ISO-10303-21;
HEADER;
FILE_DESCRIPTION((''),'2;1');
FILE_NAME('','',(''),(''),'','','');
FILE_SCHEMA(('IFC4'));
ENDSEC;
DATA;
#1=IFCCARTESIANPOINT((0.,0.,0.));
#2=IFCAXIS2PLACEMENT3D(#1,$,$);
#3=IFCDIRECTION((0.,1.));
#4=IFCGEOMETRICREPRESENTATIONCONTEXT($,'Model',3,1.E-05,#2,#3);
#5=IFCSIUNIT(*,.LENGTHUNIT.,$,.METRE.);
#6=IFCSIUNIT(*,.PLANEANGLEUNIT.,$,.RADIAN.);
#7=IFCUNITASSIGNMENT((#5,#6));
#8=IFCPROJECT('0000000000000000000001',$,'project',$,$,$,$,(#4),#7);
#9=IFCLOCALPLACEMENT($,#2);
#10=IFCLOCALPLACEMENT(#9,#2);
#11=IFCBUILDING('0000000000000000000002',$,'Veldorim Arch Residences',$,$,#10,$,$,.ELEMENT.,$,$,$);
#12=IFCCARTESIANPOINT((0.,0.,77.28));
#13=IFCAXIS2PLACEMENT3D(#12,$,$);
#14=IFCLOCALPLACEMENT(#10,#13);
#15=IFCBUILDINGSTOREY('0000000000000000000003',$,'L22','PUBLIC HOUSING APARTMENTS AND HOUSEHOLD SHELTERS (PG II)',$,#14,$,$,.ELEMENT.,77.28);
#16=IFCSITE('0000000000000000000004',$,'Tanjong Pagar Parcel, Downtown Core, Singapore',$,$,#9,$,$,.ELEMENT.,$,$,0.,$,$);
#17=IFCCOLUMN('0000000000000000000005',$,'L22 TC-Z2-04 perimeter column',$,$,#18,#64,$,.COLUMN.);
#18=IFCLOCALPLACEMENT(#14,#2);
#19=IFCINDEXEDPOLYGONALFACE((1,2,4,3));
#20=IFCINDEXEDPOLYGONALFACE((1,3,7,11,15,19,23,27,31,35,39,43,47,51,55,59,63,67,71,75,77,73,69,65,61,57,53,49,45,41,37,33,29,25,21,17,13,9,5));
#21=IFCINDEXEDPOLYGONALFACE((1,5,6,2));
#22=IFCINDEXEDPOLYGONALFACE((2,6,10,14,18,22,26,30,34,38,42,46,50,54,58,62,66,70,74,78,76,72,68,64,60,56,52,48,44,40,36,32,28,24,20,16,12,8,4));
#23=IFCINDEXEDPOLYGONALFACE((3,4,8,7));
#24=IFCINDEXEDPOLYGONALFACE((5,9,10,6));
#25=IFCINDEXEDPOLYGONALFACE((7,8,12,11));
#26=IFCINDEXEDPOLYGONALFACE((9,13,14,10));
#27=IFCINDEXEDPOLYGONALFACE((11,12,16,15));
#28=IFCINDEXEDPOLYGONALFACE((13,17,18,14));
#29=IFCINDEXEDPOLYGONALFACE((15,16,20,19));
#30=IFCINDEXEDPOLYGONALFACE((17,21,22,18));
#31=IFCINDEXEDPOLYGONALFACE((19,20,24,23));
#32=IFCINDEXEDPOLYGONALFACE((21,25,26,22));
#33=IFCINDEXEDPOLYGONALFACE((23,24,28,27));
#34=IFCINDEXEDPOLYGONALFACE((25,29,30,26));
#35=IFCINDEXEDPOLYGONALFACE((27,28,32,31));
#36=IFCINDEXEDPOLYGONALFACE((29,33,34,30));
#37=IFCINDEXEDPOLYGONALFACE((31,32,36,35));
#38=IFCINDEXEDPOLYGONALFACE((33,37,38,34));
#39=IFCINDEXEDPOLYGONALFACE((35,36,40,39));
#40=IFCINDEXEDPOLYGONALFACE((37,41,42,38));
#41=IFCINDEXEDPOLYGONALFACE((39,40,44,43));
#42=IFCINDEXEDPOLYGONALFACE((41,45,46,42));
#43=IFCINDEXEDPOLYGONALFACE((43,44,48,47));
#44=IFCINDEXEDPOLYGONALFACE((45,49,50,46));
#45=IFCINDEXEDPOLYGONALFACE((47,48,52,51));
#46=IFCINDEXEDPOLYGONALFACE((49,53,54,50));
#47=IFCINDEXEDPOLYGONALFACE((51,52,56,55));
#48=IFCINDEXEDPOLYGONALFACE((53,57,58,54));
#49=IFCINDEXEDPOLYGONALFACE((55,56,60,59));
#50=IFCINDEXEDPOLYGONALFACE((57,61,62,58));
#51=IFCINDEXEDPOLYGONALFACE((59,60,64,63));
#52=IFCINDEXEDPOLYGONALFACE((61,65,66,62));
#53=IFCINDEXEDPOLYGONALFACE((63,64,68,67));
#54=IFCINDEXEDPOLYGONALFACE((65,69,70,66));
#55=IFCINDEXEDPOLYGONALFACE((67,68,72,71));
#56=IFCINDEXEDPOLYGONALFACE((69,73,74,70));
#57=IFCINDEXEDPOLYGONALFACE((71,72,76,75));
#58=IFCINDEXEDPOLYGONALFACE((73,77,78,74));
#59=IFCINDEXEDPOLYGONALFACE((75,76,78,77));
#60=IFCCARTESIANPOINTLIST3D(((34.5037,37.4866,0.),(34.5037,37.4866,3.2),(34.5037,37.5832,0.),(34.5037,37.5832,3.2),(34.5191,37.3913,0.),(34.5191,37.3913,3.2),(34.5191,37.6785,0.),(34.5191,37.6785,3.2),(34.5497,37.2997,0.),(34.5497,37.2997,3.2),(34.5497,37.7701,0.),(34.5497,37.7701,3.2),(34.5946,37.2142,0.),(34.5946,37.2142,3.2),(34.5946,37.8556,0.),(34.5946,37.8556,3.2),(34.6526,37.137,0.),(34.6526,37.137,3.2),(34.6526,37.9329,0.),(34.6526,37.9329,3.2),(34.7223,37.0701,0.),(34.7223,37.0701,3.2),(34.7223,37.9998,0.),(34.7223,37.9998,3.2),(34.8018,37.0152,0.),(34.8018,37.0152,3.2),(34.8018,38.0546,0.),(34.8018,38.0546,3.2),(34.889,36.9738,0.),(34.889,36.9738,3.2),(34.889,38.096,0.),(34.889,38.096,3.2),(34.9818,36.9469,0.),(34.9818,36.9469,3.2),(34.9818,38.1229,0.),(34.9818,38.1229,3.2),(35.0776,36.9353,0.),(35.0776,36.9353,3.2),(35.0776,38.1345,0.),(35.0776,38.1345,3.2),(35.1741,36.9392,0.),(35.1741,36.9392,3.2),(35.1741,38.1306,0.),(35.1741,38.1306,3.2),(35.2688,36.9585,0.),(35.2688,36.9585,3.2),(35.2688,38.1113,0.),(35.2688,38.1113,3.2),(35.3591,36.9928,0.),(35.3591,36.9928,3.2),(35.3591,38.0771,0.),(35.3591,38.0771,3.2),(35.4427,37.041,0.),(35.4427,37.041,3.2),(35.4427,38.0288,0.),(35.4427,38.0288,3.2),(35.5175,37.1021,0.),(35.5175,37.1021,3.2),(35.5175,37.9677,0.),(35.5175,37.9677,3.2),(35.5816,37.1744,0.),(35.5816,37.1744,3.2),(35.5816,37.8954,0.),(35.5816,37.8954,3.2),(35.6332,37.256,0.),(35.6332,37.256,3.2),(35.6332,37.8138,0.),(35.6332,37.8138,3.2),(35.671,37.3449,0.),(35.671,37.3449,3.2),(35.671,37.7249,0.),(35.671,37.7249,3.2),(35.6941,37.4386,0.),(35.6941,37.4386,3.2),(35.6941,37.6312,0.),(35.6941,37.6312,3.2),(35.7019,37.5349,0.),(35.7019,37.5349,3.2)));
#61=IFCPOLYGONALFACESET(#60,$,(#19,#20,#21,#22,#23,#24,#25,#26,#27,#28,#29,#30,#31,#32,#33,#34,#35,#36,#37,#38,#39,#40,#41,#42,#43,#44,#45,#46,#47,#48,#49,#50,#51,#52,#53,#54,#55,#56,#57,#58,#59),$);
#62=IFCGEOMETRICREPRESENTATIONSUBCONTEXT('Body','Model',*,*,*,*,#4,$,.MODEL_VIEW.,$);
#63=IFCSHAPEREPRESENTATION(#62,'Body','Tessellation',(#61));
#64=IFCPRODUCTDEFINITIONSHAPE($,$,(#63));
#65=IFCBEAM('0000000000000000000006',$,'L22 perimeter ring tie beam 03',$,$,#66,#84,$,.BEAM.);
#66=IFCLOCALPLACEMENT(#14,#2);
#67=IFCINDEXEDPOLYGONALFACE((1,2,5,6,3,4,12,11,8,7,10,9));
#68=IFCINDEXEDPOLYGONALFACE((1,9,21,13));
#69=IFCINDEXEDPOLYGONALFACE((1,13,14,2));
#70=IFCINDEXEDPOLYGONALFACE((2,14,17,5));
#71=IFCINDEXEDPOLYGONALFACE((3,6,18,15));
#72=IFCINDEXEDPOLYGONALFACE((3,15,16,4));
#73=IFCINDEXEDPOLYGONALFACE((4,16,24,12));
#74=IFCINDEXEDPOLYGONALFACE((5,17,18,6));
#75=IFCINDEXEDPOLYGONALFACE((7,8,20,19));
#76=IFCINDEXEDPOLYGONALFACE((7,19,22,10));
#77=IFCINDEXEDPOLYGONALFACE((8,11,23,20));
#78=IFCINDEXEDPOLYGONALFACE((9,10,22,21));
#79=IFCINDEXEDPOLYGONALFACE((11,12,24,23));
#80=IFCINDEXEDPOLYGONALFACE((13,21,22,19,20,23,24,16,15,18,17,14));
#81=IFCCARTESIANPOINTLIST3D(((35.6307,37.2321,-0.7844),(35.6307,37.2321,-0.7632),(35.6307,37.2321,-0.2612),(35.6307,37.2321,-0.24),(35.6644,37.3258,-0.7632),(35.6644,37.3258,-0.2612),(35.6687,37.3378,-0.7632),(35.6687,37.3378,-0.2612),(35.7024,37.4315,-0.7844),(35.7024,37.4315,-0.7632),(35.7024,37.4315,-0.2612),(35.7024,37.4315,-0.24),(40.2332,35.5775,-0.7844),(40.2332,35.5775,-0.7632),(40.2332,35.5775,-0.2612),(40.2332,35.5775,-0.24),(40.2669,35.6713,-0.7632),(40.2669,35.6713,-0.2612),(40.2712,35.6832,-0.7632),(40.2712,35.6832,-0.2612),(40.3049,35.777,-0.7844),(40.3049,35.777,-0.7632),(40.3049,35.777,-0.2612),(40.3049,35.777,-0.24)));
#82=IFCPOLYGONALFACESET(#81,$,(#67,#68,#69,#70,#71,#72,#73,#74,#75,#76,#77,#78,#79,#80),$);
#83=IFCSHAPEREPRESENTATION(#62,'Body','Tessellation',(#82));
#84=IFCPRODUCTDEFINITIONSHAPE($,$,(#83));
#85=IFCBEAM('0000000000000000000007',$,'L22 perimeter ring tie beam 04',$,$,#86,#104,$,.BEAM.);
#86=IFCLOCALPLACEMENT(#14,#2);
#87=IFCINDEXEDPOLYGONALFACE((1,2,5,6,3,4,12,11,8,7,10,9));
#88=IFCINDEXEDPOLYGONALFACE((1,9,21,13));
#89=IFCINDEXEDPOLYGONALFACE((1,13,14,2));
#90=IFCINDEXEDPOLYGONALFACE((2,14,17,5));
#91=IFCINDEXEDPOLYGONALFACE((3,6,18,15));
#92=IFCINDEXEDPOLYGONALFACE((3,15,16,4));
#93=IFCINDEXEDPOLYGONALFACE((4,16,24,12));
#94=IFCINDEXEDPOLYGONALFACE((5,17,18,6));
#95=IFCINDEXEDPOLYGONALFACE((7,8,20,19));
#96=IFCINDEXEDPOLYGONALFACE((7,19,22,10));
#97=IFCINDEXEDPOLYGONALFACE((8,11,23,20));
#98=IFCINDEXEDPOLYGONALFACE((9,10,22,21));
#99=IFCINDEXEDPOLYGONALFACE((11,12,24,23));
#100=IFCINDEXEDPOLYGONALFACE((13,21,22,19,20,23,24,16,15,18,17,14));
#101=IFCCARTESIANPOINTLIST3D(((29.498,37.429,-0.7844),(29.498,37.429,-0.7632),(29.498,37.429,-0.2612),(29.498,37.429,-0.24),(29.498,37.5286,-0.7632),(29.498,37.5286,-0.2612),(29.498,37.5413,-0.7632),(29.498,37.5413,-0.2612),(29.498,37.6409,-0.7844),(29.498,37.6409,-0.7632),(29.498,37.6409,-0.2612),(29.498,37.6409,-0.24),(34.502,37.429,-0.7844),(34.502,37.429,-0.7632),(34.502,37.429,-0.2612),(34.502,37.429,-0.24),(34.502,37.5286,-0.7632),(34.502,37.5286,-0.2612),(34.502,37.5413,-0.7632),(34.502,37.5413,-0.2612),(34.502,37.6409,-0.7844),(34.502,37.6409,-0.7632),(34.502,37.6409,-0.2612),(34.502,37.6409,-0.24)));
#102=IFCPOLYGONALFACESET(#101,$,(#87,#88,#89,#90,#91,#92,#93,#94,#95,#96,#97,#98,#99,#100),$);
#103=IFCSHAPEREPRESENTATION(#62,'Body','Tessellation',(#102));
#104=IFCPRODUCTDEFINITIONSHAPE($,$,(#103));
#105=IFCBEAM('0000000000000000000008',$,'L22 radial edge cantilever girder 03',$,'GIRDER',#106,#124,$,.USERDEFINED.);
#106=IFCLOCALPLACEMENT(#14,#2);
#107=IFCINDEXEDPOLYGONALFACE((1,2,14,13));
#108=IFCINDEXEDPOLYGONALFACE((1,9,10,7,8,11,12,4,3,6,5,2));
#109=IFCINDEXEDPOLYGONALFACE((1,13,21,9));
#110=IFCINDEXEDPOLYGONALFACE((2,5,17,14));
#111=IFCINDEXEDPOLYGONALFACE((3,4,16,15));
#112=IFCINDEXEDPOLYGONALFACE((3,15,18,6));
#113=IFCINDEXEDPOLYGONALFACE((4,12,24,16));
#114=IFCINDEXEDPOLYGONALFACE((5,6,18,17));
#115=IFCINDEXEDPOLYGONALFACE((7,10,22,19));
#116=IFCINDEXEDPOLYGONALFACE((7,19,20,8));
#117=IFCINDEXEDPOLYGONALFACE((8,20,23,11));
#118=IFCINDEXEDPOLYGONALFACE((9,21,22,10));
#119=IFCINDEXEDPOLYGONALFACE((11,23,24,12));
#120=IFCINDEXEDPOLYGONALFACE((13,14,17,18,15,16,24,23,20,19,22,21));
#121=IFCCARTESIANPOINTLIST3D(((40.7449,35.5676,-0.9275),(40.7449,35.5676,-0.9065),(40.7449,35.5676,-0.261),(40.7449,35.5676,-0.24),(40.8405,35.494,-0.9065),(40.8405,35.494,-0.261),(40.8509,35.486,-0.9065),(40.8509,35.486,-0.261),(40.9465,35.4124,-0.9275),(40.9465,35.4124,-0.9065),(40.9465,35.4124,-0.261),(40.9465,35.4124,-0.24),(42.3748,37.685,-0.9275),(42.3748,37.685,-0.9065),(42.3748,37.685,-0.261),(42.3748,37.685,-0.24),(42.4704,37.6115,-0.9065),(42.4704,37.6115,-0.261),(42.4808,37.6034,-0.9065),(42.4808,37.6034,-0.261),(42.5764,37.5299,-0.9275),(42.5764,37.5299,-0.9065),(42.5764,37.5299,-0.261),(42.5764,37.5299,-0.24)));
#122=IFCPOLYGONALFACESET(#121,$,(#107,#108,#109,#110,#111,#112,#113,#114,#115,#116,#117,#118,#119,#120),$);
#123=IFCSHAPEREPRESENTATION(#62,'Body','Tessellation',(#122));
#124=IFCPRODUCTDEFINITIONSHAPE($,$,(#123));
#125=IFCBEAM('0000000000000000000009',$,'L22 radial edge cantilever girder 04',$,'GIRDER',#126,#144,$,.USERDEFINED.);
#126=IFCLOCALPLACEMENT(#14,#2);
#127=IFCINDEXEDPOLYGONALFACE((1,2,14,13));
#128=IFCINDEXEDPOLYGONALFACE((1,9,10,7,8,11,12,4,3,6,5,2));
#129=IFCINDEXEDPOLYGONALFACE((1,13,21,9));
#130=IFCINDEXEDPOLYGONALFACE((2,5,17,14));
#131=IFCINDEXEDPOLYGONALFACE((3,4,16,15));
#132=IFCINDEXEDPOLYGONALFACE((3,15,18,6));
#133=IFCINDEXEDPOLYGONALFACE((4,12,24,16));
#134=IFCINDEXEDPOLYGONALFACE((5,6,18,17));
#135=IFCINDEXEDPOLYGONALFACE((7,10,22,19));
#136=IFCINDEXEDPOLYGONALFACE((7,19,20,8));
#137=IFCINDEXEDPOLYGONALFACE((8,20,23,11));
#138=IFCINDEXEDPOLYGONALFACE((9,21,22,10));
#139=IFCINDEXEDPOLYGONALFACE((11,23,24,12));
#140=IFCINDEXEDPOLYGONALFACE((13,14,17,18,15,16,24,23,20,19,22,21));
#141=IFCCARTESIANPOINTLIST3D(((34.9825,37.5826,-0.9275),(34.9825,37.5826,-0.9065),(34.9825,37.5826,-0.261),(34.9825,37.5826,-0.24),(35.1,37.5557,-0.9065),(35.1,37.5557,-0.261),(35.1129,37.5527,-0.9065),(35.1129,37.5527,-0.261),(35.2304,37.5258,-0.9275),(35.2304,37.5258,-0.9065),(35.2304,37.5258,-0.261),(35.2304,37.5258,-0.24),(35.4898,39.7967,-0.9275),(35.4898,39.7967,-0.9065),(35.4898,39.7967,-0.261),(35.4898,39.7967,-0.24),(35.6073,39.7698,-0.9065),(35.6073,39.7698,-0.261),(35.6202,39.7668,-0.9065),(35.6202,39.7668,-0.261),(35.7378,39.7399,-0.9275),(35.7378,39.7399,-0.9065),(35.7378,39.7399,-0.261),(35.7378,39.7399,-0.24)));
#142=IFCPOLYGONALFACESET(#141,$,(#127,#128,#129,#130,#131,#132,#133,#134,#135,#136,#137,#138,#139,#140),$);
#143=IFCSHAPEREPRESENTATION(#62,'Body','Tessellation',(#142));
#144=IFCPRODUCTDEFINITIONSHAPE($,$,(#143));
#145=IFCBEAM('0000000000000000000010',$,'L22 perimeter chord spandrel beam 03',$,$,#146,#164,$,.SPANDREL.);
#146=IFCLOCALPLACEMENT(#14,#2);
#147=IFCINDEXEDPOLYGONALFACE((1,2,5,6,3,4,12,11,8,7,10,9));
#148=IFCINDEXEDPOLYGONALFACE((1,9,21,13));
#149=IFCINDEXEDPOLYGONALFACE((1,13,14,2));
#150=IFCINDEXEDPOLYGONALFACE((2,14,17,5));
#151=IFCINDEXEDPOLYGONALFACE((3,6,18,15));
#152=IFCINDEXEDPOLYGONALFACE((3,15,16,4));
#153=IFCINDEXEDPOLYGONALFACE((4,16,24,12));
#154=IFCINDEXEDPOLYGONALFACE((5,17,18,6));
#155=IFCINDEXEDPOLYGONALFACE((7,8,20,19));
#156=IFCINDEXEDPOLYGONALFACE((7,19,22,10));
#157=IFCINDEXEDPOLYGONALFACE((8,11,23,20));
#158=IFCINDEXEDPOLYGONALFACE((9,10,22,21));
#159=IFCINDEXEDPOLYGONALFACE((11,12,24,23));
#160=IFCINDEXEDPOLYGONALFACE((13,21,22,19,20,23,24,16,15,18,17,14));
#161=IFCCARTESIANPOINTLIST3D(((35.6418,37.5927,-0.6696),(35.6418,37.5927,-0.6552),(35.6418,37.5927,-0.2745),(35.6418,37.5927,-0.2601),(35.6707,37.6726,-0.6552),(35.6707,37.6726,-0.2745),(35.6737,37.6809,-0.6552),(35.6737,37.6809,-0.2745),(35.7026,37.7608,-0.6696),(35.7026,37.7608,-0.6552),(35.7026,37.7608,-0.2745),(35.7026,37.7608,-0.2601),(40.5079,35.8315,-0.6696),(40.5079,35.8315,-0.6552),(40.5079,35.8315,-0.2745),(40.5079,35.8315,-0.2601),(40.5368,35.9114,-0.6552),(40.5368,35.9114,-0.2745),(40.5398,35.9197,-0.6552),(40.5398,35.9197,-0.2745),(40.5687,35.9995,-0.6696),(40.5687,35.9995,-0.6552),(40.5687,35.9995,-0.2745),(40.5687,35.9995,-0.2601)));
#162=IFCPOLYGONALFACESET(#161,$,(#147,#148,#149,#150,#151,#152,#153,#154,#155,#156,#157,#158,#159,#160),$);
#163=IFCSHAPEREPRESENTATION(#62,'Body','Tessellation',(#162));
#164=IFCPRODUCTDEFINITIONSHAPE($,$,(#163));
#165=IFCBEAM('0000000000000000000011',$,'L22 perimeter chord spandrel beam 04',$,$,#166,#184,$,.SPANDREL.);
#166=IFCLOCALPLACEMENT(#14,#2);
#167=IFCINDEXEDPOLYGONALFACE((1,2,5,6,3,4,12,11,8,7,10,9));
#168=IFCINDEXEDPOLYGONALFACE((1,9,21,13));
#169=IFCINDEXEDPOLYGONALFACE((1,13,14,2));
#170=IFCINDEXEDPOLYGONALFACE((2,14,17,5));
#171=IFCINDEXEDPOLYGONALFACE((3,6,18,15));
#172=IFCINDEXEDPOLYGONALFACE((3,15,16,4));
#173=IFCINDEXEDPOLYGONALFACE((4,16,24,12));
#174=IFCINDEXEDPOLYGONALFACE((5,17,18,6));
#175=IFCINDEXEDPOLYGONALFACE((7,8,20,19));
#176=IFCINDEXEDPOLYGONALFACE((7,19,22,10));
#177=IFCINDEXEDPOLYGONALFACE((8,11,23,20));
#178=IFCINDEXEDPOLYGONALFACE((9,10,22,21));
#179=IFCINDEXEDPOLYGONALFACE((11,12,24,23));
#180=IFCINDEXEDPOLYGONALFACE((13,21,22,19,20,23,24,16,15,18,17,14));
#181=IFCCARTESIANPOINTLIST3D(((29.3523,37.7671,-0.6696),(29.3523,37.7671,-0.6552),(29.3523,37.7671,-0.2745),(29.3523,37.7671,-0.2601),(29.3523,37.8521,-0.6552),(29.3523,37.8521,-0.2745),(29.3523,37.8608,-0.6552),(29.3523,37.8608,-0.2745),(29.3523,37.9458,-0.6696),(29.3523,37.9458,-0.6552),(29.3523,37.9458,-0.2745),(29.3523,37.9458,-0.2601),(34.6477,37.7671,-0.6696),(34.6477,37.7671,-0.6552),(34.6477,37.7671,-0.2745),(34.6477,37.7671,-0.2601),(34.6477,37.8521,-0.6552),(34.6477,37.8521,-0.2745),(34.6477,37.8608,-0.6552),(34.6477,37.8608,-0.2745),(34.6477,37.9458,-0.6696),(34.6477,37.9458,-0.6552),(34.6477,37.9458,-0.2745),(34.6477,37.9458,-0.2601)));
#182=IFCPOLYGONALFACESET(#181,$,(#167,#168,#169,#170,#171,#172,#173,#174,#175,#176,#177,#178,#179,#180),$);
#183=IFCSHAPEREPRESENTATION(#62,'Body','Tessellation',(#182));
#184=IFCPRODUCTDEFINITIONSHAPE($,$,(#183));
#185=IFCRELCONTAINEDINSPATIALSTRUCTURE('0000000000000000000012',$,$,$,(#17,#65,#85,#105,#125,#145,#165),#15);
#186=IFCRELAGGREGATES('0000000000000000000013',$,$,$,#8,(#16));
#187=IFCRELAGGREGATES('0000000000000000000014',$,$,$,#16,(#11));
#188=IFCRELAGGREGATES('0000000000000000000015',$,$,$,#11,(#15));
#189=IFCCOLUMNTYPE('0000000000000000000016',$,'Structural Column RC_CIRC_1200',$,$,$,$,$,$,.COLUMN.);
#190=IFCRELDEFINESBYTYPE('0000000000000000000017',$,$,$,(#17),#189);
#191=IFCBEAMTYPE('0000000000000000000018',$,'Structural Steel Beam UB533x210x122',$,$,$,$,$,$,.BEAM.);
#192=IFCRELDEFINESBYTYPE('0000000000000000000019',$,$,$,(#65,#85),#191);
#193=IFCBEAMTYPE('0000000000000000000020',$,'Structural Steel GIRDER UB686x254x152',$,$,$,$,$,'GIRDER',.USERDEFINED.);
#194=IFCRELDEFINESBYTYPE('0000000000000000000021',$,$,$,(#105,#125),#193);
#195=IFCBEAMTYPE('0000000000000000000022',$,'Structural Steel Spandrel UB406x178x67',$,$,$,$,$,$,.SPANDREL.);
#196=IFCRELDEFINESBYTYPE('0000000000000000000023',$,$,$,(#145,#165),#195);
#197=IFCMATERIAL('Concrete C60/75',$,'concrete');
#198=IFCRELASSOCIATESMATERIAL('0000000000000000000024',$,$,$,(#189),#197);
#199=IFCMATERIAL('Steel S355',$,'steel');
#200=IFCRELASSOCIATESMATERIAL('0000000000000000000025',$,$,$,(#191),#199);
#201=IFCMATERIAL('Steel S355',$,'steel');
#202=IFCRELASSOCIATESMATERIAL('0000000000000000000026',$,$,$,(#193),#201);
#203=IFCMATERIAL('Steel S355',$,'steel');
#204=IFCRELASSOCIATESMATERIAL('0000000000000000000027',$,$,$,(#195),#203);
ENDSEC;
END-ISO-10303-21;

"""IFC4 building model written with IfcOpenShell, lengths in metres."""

from ifc_helpers import new_model, si_unit, direction, frame, origin, origin_2d, place, context, subcontext, project, spatial, circle, i_section, extrude, material, material_profile, profile_set, type_object, element, save


model = new_model("IFC4")

# Units and contexts
model_context = context("Model", 3, precision=1e-05, world=origin(), true_north=direction((0.0, 1.0)))
body_context = subcontext(model_context, "Body", "Model", "MODEL_VIEW")
ifc_project = project(units=[si_unit("LENGTHUNIT", "METRE"), si_unit("PLANEANGLEUNIT", "RADIAN")], contexts=[model_context])

# Site, building, storey
site_placement = place(None, origin())
site = spatial("IfcSite", under=ifc_project, at=site_placement, Name="Tanjong Pagar Parcel, Downtown Core, Singapore", CompositionType="ELEMENT", RefElevation=0.0)
building_placement = place(site_placement, origin())
building = spatial("IfcBuilding", under=site, at=building_placement, Name="Veldorim Arch Residences", CompositionType="ELEMENT")
storey_placement = place(building_placement, frame((0.0, 0.0, 77.28)))
storey = spatial("IfcBuildingStorey", under=building, at=storey_placement, Name="L22", Description="PUBLIC HOUSING APARTMENTS AND HOUSEHOLD SHELTERS (PG II)", CompositionType="ELEMENT", Elevation=77.28)

# Column
ifc_material_1 = material(Name="Concrete C60/75", Category="concrete")
ifc_material_profile_1 = material_profile(ifc_material_1, circle(Radius=0.6001, at=origin_2d()), Name="RC_CIRC_1200")
ifc_profile_set_1 = profile_set([ifc_material_profile_1], Name="Concrete C60/75")
column_type = type_object("IfcColumnType", Name="Structural Column RC_CIRC_1200", PredefinedType="COLUMN", material=ifc_profile_set_1)
column_placement = place(storey_placement, frame((35.1018, 37.5349, 0.0), z_axis=(0.0, 0.0, 1.0), x_axis=(1.0, 0.0, 0.0)))
element("IfcColumn", 1, at=column_placement, inside=storey, type_object=column_type, Name="L22 TC-Z2-04 perimeter column", PredefinedType="COLUMN", context=body_context, shape_type="SweptSolid", body=[
    extrude(circle(Radius=0.6001, at=origin_2d()), origin(), (0.0, 0.0, 1.0), 3.2),
])

# Beams
ifc_material_2 = material(Name="Steel S355", Category="steel")
ifc_material_profile_2 = material_profile(ifc_material_2, i_section(OverallWidth=0.2119, OverallDepth=0.5444, WebThickness=0.0127, FlangeThickness=0.0212, at=origin_2d()), Name="UB533x210x122")
ifc_profile_set_2 = profile_set([ifc_material_profile_2], Name="Steel S355")
beam_type_1 = type_object("IfcBeamType", Name="Structural Steel Beam UB533x210x122", PredefinedType="BEAM", material=ifc_profile_set_2)
beam_1_placement = place(storey_placement, frame((40.269, 35.6772, -0.5122), z_axis=(-0.941042, 0.33829, 0.0), x_axis=(-0.33829, -0.941042, 0.0)))
element("IfcBeam", 2, at=beam_1_placement, inside=storey, type_object=beam_type_1, Name="L22 perimeter ring tie beam 03", PredefinedType="BEAM", context=body_context, shape_type="SweptSolid", body=[
    extrude(i_section(OverallWidth=0.2119, OverallDepth=0.5444, WebThickness=0.0127, FlangeThickness=0.0212, at=origin_2d()), origin(), (0.0, 0.0, 1.0), 4.8909),
])
beam_2_placement = place(storey_placement, frame((34.502, 37.5349, -0.5122), z_axis=(-1.0, 0.0, 0.0), x_axis=(0.0, -1.0, 0.0)))
element("IfcBeam", 3, at=beam_2_placement, inside=storey, type_object=beam_type_1, Name="L22 perimeter ring tie beam 04", PredefinedType="BEAM", context=body_context, shape_type="SweptSolid", body=[
    extrude(i_section(OverallWidth=0.2119, OverallDepth=0.5444, WebThickness=0.0127, FlangeThickness=0.0212, at=origin_2d()), origin(), (0.0, 0.0, 1.0), 5.0039),
])
ifc_material_3 = material(Name="Steel S355", Category="steel")
ifc_material_profile_3 = material_profile(ifc_material_3, i_section(OverallWidth=0.2544, OverallDepth=0.6875, WebThickness=0.0132, FlangeThickness=0.021, at=origin_2d()), Name="UB686x254x152")
ifc_profile_set_3 = profile_set([ifc_material_profile_3], Name="Steel S355")
beam_type_2 = type_object("IfcBeamType", Name="Structural Steel GIRDER UB686x254x152", ElementType="GIRDER", PredefinedType="USERDEFINED", material=ifc_profile_set_3)
beam_3_placement = place(storey_placement, frame((40.8457, 35.49, -0.5837), z_axis=(0.609967, 0.792427, 0.0), x_axis=(-0.792427, 0.609967, 0.0)))
element("IfcBeam", 4, at=beam_3_placement, inside=storey, type_object=beam_type_2, Name="L22 radial edge cantilever girder 03", ObjectType="GIRDER", PredefinedType="USERDEFINED", context=body_context, shape_type="SweptSolid", body=[
    extrude(i_section(OverallWidth=0.2544, OverallDepth=0.6875, WebThickness=0.0132, FlangeThickness=0.021, at=origin_2d()), origin(), (0.0, 0.0, 1.0), 2.6721),
])
beam_4_placement = place(storey_placement, frame((35.1064, 37.5542, -0.5837), z_axis=(0.223344, 0.97474, 0.0), x_axis=(-0.97474, 0.223344, 0.0)))
element("IfcBeam", 5, at=beam_4_placement, inside=storey, type_object=beam_type_2, Name="L22 radial edge cantilever girder 04", ObjectType="GIRDER", PredefinedType="USERDEFINED", context=body_context, shape_type="SweptSolid", body=[
    extrude(i_section(OverallWidth=0.2544, OverallDepth=0.6875, WebThickness=0.0132, FlangeThickness=0.021, at=origin_2d()), origin(), (0.0, 0.0, 1.0), 2.2715),
])
ifc_material_4 = material(Name="Steel S355", Category="steel")
ifc_material_profile_4 = material_profile(ifc_material_4, i_section(OverallWidth=0.1787, OverallDepth=0.4094, WebThickness=0.0088, FlangeThickness=0.0144, at=origin_2d()), Name="UB406x178x67")
ifc_profile_set_4 = profile_set([ifc_material_profile_4], Name="Steel S355")
beam_type_3 = type_object("IfcBeamType", Name="Structural Steel Spandrel UB406x178x67", PredefinedType="SPANDREL", material=ifc_profile_set_4)
beam_5_placement = place(storey_placement, frame((40.5383, 35.9155, -0.4648), z_axis=(-0.940308, 0.340326, 0.0), x_axis=(-0.340326, -0.940308, 0.0)))
element("IfcBeam", 6, at=beam_5_placement, inside=storey, type_object=beam_type_3, Name="L22 perimeter chord spandrel beam 03", PredefinedType="SPANDREL", context=body_context, shape_type="SweptSolid", body=[
    extrude(i_section(OverallWidth=0.1787, OverallDepth=0.4094, WebThickness=0.0088, FlangeThickness=0.0144, at=origin_2d()), origin(), (0.0, 0.0, 1.0), 5.175),
])
beam_6_placement = place(storey_placement, frame((34.6477, 37.8564, -0.4648), z_axis=(-1.0, 0.0, 0.0), x_axis=(0.0, -1.0, 0.0)))
element("IfcBeam", 7, at=beam_6_placement, inside=storey, type_object=beam_type_3, Name="L22 perimeter chord spandrel beam 04", PredefinedType="SPANDREL", context=body_context, shape_type="SweptSolid", body=[
    extrude(i_section(OverallWidth=0.1787, OverallDepth=0.4094, WebThickness=0.0088, FlangeThickness=0.0144, at=origin_2d()), origin(), (0.0, 0.0, 1.0), 5.2954),
])

save(model, "model.ifc")
